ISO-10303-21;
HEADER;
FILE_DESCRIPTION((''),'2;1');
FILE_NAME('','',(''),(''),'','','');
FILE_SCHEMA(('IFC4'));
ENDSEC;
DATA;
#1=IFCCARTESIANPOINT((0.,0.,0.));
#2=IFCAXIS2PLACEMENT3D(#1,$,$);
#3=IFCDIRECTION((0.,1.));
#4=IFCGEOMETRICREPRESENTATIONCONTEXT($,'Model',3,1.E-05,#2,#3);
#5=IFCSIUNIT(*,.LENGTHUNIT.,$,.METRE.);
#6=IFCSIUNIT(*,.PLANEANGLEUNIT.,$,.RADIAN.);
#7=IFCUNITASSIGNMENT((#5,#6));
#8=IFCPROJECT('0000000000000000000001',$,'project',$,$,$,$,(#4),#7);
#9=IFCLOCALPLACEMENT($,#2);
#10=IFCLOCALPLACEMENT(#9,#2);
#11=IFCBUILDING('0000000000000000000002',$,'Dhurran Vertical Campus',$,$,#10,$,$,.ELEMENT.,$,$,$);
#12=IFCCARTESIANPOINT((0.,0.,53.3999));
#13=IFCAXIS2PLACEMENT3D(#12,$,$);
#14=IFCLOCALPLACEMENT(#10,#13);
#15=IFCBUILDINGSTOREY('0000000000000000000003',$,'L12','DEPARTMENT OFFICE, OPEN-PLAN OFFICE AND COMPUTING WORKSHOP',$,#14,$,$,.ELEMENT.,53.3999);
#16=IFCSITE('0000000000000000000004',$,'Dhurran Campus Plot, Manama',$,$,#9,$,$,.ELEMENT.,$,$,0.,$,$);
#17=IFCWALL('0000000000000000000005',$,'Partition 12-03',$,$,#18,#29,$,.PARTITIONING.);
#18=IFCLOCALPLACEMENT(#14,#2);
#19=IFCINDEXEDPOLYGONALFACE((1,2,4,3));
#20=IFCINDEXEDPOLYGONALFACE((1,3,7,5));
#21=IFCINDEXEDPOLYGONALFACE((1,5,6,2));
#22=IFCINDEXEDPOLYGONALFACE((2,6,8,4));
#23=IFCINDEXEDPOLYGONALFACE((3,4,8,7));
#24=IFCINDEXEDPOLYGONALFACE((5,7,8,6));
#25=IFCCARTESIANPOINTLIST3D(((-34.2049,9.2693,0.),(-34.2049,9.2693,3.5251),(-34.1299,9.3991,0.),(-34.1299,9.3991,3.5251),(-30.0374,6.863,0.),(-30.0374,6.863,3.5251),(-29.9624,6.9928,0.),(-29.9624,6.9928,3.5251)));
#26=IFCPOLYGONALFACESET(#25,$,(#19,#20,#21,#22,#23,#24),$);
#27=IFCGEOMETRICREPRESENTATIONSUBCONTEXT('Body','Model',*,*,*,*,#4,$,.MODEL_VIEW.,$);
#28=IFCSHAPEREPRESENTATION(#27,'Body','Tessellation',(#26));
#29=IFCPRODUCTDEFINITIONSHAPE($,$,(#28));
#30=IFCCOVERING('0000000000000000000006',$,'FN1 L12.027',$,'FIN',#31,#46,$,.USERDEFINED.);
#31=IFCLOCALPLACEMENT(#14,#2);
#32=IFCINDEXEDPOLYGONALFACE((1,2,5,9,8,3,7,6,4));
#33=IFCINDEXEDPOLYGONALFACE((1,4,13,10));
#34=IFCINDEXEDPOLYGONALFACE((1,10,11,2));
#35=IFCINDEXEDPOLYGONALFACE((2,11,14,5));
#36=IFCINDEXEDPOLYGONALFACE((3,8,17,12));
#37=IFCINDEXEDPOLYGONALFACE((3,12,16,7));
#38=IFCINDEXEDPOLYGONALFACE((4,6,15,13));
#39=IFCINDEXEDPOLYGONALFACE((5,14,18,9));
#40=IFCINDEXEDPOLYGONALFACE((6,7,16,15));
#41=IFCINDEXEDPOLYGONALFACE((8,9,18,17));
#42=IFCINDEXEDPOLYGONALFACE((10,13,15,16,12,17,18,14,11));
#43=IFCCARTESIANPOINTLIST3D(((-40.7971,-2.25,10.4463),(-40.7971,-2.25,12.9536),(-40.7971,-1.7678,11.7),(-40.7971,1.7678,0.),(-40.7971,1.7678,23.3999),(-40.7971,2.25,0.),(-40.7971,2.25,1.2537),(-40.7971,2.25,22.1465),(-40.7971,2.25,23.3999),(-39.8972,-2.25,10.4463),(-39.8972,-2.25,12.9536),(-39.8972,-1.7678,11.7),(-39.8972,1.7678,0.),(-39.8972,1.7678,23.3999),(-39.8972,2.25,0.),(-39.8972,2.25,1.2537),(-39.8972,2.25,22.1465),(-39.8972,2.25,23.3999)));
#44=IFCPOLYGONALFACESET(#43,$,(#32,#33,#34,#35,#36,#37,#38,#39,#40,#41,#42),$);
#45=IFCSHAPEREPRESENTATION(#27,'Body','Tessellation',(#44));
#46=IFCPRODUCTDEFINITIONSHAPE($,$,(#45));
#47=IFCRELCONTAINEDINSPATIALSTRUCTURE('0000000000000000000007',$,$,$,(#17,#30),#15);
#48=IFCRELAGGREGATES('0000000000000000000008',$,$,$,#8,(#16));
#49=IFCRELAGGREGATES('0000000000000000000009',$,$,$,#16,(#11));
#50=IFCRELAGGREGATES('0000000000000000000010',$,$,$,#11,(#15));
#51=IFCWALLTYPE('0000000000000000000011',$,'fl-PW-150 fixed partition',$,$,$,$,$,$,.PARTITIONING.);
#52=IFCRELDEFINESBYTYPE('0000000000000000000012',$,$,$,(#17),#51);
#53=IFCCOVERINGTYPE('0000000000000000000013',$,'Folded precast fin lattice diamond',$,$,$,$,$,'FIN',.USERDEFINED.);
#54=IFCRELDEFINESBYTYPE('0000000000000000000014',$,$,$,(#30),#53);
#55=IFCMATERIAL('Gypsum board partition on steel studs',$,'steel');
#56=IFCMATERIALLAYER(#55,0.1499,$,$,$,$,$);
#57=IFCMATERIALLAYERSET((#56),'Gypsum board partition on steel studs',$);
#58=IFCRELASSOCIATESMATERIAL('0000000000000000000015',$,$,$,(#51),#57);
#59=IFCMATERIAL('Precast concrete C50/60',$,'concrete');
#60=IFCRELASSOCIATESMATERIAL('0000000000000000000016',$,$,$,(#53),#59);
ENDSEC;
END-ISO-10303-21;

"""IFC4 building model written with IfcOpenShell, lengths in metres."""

from ifc_helpers import new_model, si_unit, direction, frame, frame_2d, origin, place, context, subcontext, project, spatial, polyline, rectangle, outline, extrude, material, layer, layer_set, type_object, element, save


model = new_model("IFC4")

# Units and contexts
model_context = context("Model", 3, precision=1e-05, world=origin(), true_north=direction((0.0, 1.0)))
body_context = subcontext(model_context, "Body", "Model", "MODEL_VIEW")
ifc_project = project(units=[si_unit("LENGTHUNIT", "METRE"), si_unit("PLANEANGLEUNIT", "RADIAN")], contexts=[model_context])

# Site, building, storey
site_placement = place(None, origin())
site = spatial("IfcSite", under=ifc_project, at=site_placement, Name="Dhurran Campus Plot, Manama", CompositionType="ELEMENT", RefElevation=0.0)
building_placement = place(site_placement, origin())
building = spatial("IfcBuilding", under=site, at=building_placement, Name="Dhurran Vertical Campus", CompositionType="ELEMENT")
storey_placement = place(building_placement, frame((0.0, 0.0, 53.3999)))
storey = spatial("IfcBuildingStorey", under=building, at=storey_placement, Name="L12", Description="DEPARTMENT OFFICE, OPEN-PLAN OFFICE AND COMPUTING WORKSHOP", CompositionType="ELEMENT", Elevation=53.3999)

# Wall
ifc_material_1 = material(Name="Gypsum board partition on steel studs", Category="steel")
ifc_layer_1 = layer(ifc_material_1, 0.1499)
ifc_layer_set_1 = layer_set([ifc_layer_1], Name="Gypsum board partition on steel studs")
wall_type_1 = type_object("IfcWallType", Name="fl-PW-150 fixed partition", PredefinedType="PARTITIONING", material=ifc_layer_set_1)
wall_1_placement = place(storey_placement, frame((-34.1675, 9.3342, 0.0), z_axis=(0.0, 0.0, 1.0), x_axis=(0.866012, -0.500024, 0.0)))
element("IfcWall", 1, at=wall_1_placement, inside=storey, type_object=wall_type_1, Name="Partition 12-03", PredefinedType="PARTITIONING", context=body_context, shape_type="SweptSolid", body=[
    extrude(rectangle(XDim=4.8123, YDim=0.1499, at=frame_2d((2.4062, 0.0))), origin(), (0.0, 0.0, 1.0), 3.5251),
])

# Covering
ifc_material_2 = material(Name="Precast concrete C50/60", Category="concrete")
covering_type = type_object("IfcCoveringType", Name="Folded precast fin lattice diamond", ElementType="FIN", PredefinedType="USERDEFINED", material=ifc_material_2)
covering_1_placement = place(storey_placement, frame((-39.8972, 2.25, 0.0), z_axis=(-1.0, 0.0, 0.0), x_axis=(0.0, -1.0, 0.0)))
element("IfcCovering", 2, at=covering_1_placement, inside=storey, type_object=covering_type, Name="FN1 L12.027", ObjectType="FIN", PredefinedType="USERDEFINED", context=body_context, shape_type="SweptSolid", body=[
    extrude(outline(polyline([(4.5, 10.4463), (0.4822, 0.0), (0.0, 0.0), (0.0, 1.2537), (4.0178, 11.7), (0.0, 22.1465), (0.0, 23.3999), (0.4822, 23.3999), (4.5, 12.9536), (4.5, 10.4463)])), origin(), (0.0, 0.0, 1.0), 0.8999),
])

save(model, "model.ifc")
